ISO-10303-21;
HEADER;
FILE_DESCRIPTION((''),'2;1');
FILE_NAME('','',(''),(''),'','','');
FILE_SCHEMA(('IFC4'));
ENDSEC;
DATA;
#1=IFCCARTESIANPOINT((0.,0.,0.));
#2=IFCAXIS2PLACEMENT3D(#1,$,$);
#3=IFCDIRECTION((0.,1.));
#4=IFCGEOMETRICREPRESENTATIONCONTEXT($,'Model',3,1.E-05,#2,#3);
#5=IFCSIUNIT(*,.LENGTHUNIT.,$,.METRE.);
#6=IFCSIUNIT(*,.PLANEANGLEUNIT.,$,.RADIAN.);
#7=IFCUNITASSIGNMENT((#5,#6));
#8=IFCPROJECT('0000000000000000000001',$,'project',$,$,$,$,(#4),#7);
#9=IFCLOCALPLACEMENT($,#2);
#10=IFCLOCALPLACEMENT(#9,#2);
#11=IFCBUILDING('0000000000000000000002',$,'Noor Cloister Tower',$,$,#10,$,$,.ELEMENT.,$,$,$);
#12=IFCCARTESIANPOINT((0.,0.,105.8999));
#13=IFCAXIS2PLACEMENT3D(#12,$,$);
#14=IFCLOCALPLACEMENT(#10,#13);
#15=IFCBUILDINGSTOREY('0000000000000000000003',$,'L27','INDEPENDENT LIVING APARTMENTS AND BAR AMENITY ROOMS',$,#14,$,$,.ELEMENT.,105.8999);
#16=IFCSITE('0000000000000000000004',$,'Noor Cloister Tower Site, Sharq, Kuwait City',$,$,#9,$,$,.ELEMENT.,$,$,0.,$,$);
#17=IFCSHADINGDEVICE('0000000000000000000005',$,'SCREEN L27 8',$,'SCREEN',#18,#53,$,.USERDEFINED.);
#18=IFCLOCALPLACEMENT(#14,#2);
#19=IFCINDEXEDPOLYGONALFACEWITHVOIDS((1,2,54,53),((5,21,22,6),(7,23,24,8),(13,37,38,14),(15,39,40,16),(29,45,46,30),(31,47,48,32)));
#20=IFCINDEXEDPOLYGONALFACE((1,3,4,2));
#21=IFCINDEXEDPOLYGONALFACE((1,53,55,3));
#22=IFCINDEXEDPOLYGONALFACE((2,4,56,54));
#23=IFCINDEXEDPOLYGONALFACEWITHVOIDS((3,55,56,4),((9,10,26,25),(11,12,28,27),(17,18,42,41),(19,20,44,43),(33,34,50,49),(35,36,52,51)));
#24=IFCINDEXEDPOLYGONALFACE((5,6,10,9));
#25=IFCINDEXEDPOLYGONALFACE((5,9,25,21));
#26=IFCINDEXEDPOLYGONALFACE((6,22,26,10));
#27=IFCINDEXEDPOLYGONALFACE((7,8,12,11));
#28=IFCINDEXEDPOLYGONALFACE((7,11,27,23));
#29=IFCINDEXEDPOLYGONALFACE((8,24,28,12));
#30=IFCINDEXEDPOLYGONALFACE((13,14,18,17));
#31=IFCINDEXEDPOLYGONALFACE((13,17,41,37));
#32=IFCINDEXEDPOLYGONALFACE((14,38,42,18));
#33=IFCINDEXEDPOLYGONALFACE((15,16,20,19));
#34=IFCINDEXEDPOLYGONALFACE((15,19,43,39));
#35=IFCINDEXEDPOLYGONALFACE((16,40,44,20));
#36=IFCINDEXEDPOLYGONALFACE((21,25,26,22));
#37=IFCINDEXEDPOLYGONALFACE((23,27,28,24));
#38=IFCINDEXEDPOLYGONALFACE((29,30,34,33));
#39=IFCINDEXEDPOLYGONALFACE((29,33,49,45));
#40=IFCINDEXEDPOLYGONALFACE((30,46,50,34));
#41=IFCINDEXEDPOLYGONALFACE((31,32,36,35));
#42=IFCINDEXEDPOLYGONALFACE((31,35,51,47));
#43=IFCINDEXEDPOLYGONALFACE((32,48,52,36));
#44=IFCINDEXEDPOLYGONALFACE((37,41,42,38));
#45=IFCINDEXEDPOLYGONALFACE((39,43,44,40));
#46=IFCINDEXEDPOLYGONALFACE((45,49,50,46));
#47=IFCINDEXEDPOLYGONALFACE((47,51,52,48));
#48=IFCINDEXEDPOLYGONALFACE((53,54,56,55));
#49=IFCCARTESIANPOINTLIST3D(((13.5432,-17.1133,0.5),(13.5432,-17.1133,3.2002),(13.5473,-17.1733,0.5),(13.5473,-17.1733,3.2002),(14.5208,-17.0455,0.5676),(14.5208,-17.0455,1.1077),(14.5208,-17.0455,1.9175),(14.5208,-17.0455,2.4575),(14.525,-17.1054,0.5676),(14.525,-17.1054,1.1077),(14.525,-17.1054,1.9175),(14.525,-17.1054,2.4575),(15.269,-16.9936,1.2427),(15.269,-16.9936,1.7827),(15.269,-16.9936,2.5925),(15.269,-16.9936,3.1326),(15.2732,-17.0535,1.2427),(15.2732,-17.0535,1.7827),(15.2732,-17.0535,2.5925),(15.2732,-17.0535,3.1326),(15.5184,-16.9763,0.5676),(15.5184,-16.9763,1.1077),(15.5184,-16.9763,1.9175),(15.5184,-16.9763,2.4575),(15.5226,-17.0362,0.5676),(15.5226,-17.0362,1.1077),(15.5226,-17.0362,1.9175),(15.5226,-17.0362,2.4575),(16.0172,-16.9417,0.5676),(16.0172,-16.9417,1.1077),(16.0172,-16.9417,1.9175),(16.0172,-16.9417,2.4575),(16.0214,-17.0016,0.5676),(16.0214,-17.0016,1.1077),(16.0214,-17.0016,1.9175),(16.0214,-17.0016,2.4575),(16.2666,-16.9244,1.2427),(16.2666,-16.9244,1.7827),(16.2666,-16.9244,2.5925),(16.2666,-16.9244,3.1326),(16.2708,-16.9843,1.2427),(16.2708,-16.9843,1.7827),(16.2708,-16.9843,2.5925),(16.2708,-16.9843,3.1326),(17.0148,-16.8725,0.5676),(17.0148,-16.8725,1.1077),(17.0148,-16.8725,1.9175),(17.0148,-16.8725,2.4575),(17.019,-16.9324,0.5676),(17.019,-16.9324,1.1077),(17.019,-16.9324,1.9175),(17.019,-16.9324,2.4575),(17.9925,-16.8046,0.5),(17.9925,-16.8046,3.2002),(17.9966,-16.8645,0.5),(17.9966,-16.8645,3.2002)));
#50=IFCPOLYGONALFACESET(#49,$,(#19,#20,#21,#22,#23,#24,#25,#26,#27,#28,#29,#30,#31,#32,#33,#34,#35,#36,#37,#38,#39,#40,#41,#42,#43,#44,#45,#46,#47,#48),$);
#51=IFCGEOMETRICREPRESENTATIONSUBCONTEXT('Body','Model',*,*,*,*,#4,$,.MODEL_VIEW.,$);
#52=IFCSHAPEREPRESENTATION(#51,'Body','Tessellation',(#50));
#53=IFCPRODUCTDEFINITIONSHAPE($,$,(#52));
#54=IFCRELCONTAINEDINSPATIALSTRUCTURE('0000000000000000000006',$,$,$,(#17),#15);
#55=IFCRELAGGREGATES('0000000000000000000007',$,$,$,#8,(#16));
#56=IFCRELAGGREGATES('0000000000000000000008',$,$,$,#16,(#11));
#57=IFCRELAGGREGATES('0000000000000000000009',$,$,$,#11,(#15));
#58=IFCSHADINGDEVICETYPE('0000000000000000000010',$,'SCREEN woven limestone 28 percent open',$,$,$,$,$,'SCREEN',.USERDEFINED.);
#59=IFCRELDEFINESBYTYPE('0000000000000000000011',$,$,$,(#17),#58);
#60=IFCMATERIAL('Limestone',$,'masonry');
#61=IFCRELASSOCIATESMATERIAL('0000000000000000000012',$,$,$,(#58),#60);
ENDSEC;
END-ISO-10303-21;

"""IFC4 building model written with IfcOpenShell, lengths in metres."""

from ifc_helpers import new_model, si_unit, direction, frame, origin, place, context, subcontext, project, spatial, polyline, outline, extrude, material, material_profile, profile_set, type_object, element, save


model = new_model("IFC4")

# Units and contexts
model_context = context("Model", 3, precision=1e-05, world=origin(), true_north=direction((0.0, 1.0)))
body_context = subcontext(model_context, "Body", "Model", "MODEL_VIEW")
ifc_project = project(units=[si_unit("LENGTHUNIT", "METRE"), si_unit("PLANEANGLEUNIT", "RADIAN")], contexts=[model_context])

# Site, building, storey
site_placement = place(None, origin())
site = spatial("IfcSite", under=ifc_project, at=site_placement, Name="Noor Cloister Tower Site, Sharq, Kuwait City", CompositionType="ELEMENT", RefElevation=0.0)
building_placement = place(site_placement, origin())
building = spatial("IfcBuilding", under=site, at=building_placement, Name="Noor Cloister Tower", CompositionType="ELEMENT")
storey_placement = place(building_placement, frame((0.0, 0.0, 105.8999)))
storey = spatial("IfcBuildingStorey", under=building, at=storey_placement, Name="L27", Description="INDEPENDENT LIVING APARTMENTS AND BAR AMENITY ROOMS", CompositionType="ELEMENT", Elevation=105.8999)

# Shading device
ifc_material_1 = material(Name="Limestone", Category="masonry")
ifc_material_profile_1 = material_profile(ifc_material_1, outline(polyline([(-2.23, -1.3501), (2.23, -1.3501), (2.23, 1.3501), (-2.23, 1.3501), (-2.23, -1.3501)]), holes=[polyline([(-1.25, -1.2825), (-0.25, -1.2825), (-0.25, -0.7424), (-1.25, -0.7424), (-1.25, -1.2825)]), polyline([(0.25, -1.2825), (1.25, -1.2825), (1.25, -0.7424), (0.25, -0.7424), (0.25, -1.2825)]), polyline([(-0.5, -0.6074), (0.5, -0.6074), (0.5, -0.0674), (-0.5, -0.0674), (-0.5, -0.6074)]), polyline([(-1.25, 0.0674), (-0.25, 0.0674), (-0.25, 0.6074), (-1.25, 0.6074), (-1.25, 0.0674)]), polyline([(0.25, 0.0674), (1.25, 0.0674), (1.25, 0.6074), (0.25, 0.6074), (0.25, 0.0674)]), polyline([(-0.5, 0.7424), (0.5, 0.7424), (0.5, 1.2825), (-0.5, 1.2825), (-0.5, 0.7424)])]), Name="Woven screen 28 percent open")
ifc_profile_set_1 = profile_set([ifc_material_profile_1], Name="Limestone")
shading_device_type = type_object("IfcShadingDeviceType", Name="SCREEN woven limestone 28 percent open", ElementType="SCREEN", PredefinedType="USERDEFINED", material=ifc_profile_set_1)
shading_device_1_placement = place(storey_placement, frame((15.7678, -16.959, 1.8501), z_axis=(0.069221, -0.997601, 0.0), x_axis=(0.997601, 0.069221, 0.0)))
element("IfcShadingDevice", 1, at=shading_device_1_placement, inside=storey, type_object=shading_device_type, Name="SCREEN L27 8", ObjectType="SCREEN", PredefinedType="USERDEFINED", context=body_context, shape_type="SweptSolid", body=[
    extrude(outline(polyline([(-2.23, -1.3501), (2.23, -1.3501), (2.23, 1.3501), (-2.23, 1.3501), (-2.23, -1.3501)]), holes=[polyline([(-1.25, -1.2825), (-0.25, -1.2825), (-0.25, -0.7424), (-1.25, -0.7424), (-1.25, -1.2825)]), polyline([(0.25, -1.2825), (1.25, -1.2825), (1.25, -0.7424), (0.25, -0.7424), (0.25, -1.2825)]), polyline([(-0.5, -0.6074), (0.5, -0.6074), (0.5, -0.0674), (-0.5, -0.0674), (-0.5, -0.6074)]), polyline([(-1.25, 0.0674), (-0.25, 0.0674), (-0.25, 0.6074), (-1.25, 0.6074), (-1.25, 0.0674)]), polyline([(0.25, 0.0674), (1.25, 0.0674), (1.25, 0.6074), (0.25, 0.6074), (0.25, 0.0674)]), polyline([(-0.5, 0.7424), (0.5, 0.7424), (0.5, 1.2825), (-0.5, 1.2825), (-0.5, 0.7424)])]), origin(), (0.0, 0.0, 1.0), 0.0601),
])

save(model, "model.ifc")
